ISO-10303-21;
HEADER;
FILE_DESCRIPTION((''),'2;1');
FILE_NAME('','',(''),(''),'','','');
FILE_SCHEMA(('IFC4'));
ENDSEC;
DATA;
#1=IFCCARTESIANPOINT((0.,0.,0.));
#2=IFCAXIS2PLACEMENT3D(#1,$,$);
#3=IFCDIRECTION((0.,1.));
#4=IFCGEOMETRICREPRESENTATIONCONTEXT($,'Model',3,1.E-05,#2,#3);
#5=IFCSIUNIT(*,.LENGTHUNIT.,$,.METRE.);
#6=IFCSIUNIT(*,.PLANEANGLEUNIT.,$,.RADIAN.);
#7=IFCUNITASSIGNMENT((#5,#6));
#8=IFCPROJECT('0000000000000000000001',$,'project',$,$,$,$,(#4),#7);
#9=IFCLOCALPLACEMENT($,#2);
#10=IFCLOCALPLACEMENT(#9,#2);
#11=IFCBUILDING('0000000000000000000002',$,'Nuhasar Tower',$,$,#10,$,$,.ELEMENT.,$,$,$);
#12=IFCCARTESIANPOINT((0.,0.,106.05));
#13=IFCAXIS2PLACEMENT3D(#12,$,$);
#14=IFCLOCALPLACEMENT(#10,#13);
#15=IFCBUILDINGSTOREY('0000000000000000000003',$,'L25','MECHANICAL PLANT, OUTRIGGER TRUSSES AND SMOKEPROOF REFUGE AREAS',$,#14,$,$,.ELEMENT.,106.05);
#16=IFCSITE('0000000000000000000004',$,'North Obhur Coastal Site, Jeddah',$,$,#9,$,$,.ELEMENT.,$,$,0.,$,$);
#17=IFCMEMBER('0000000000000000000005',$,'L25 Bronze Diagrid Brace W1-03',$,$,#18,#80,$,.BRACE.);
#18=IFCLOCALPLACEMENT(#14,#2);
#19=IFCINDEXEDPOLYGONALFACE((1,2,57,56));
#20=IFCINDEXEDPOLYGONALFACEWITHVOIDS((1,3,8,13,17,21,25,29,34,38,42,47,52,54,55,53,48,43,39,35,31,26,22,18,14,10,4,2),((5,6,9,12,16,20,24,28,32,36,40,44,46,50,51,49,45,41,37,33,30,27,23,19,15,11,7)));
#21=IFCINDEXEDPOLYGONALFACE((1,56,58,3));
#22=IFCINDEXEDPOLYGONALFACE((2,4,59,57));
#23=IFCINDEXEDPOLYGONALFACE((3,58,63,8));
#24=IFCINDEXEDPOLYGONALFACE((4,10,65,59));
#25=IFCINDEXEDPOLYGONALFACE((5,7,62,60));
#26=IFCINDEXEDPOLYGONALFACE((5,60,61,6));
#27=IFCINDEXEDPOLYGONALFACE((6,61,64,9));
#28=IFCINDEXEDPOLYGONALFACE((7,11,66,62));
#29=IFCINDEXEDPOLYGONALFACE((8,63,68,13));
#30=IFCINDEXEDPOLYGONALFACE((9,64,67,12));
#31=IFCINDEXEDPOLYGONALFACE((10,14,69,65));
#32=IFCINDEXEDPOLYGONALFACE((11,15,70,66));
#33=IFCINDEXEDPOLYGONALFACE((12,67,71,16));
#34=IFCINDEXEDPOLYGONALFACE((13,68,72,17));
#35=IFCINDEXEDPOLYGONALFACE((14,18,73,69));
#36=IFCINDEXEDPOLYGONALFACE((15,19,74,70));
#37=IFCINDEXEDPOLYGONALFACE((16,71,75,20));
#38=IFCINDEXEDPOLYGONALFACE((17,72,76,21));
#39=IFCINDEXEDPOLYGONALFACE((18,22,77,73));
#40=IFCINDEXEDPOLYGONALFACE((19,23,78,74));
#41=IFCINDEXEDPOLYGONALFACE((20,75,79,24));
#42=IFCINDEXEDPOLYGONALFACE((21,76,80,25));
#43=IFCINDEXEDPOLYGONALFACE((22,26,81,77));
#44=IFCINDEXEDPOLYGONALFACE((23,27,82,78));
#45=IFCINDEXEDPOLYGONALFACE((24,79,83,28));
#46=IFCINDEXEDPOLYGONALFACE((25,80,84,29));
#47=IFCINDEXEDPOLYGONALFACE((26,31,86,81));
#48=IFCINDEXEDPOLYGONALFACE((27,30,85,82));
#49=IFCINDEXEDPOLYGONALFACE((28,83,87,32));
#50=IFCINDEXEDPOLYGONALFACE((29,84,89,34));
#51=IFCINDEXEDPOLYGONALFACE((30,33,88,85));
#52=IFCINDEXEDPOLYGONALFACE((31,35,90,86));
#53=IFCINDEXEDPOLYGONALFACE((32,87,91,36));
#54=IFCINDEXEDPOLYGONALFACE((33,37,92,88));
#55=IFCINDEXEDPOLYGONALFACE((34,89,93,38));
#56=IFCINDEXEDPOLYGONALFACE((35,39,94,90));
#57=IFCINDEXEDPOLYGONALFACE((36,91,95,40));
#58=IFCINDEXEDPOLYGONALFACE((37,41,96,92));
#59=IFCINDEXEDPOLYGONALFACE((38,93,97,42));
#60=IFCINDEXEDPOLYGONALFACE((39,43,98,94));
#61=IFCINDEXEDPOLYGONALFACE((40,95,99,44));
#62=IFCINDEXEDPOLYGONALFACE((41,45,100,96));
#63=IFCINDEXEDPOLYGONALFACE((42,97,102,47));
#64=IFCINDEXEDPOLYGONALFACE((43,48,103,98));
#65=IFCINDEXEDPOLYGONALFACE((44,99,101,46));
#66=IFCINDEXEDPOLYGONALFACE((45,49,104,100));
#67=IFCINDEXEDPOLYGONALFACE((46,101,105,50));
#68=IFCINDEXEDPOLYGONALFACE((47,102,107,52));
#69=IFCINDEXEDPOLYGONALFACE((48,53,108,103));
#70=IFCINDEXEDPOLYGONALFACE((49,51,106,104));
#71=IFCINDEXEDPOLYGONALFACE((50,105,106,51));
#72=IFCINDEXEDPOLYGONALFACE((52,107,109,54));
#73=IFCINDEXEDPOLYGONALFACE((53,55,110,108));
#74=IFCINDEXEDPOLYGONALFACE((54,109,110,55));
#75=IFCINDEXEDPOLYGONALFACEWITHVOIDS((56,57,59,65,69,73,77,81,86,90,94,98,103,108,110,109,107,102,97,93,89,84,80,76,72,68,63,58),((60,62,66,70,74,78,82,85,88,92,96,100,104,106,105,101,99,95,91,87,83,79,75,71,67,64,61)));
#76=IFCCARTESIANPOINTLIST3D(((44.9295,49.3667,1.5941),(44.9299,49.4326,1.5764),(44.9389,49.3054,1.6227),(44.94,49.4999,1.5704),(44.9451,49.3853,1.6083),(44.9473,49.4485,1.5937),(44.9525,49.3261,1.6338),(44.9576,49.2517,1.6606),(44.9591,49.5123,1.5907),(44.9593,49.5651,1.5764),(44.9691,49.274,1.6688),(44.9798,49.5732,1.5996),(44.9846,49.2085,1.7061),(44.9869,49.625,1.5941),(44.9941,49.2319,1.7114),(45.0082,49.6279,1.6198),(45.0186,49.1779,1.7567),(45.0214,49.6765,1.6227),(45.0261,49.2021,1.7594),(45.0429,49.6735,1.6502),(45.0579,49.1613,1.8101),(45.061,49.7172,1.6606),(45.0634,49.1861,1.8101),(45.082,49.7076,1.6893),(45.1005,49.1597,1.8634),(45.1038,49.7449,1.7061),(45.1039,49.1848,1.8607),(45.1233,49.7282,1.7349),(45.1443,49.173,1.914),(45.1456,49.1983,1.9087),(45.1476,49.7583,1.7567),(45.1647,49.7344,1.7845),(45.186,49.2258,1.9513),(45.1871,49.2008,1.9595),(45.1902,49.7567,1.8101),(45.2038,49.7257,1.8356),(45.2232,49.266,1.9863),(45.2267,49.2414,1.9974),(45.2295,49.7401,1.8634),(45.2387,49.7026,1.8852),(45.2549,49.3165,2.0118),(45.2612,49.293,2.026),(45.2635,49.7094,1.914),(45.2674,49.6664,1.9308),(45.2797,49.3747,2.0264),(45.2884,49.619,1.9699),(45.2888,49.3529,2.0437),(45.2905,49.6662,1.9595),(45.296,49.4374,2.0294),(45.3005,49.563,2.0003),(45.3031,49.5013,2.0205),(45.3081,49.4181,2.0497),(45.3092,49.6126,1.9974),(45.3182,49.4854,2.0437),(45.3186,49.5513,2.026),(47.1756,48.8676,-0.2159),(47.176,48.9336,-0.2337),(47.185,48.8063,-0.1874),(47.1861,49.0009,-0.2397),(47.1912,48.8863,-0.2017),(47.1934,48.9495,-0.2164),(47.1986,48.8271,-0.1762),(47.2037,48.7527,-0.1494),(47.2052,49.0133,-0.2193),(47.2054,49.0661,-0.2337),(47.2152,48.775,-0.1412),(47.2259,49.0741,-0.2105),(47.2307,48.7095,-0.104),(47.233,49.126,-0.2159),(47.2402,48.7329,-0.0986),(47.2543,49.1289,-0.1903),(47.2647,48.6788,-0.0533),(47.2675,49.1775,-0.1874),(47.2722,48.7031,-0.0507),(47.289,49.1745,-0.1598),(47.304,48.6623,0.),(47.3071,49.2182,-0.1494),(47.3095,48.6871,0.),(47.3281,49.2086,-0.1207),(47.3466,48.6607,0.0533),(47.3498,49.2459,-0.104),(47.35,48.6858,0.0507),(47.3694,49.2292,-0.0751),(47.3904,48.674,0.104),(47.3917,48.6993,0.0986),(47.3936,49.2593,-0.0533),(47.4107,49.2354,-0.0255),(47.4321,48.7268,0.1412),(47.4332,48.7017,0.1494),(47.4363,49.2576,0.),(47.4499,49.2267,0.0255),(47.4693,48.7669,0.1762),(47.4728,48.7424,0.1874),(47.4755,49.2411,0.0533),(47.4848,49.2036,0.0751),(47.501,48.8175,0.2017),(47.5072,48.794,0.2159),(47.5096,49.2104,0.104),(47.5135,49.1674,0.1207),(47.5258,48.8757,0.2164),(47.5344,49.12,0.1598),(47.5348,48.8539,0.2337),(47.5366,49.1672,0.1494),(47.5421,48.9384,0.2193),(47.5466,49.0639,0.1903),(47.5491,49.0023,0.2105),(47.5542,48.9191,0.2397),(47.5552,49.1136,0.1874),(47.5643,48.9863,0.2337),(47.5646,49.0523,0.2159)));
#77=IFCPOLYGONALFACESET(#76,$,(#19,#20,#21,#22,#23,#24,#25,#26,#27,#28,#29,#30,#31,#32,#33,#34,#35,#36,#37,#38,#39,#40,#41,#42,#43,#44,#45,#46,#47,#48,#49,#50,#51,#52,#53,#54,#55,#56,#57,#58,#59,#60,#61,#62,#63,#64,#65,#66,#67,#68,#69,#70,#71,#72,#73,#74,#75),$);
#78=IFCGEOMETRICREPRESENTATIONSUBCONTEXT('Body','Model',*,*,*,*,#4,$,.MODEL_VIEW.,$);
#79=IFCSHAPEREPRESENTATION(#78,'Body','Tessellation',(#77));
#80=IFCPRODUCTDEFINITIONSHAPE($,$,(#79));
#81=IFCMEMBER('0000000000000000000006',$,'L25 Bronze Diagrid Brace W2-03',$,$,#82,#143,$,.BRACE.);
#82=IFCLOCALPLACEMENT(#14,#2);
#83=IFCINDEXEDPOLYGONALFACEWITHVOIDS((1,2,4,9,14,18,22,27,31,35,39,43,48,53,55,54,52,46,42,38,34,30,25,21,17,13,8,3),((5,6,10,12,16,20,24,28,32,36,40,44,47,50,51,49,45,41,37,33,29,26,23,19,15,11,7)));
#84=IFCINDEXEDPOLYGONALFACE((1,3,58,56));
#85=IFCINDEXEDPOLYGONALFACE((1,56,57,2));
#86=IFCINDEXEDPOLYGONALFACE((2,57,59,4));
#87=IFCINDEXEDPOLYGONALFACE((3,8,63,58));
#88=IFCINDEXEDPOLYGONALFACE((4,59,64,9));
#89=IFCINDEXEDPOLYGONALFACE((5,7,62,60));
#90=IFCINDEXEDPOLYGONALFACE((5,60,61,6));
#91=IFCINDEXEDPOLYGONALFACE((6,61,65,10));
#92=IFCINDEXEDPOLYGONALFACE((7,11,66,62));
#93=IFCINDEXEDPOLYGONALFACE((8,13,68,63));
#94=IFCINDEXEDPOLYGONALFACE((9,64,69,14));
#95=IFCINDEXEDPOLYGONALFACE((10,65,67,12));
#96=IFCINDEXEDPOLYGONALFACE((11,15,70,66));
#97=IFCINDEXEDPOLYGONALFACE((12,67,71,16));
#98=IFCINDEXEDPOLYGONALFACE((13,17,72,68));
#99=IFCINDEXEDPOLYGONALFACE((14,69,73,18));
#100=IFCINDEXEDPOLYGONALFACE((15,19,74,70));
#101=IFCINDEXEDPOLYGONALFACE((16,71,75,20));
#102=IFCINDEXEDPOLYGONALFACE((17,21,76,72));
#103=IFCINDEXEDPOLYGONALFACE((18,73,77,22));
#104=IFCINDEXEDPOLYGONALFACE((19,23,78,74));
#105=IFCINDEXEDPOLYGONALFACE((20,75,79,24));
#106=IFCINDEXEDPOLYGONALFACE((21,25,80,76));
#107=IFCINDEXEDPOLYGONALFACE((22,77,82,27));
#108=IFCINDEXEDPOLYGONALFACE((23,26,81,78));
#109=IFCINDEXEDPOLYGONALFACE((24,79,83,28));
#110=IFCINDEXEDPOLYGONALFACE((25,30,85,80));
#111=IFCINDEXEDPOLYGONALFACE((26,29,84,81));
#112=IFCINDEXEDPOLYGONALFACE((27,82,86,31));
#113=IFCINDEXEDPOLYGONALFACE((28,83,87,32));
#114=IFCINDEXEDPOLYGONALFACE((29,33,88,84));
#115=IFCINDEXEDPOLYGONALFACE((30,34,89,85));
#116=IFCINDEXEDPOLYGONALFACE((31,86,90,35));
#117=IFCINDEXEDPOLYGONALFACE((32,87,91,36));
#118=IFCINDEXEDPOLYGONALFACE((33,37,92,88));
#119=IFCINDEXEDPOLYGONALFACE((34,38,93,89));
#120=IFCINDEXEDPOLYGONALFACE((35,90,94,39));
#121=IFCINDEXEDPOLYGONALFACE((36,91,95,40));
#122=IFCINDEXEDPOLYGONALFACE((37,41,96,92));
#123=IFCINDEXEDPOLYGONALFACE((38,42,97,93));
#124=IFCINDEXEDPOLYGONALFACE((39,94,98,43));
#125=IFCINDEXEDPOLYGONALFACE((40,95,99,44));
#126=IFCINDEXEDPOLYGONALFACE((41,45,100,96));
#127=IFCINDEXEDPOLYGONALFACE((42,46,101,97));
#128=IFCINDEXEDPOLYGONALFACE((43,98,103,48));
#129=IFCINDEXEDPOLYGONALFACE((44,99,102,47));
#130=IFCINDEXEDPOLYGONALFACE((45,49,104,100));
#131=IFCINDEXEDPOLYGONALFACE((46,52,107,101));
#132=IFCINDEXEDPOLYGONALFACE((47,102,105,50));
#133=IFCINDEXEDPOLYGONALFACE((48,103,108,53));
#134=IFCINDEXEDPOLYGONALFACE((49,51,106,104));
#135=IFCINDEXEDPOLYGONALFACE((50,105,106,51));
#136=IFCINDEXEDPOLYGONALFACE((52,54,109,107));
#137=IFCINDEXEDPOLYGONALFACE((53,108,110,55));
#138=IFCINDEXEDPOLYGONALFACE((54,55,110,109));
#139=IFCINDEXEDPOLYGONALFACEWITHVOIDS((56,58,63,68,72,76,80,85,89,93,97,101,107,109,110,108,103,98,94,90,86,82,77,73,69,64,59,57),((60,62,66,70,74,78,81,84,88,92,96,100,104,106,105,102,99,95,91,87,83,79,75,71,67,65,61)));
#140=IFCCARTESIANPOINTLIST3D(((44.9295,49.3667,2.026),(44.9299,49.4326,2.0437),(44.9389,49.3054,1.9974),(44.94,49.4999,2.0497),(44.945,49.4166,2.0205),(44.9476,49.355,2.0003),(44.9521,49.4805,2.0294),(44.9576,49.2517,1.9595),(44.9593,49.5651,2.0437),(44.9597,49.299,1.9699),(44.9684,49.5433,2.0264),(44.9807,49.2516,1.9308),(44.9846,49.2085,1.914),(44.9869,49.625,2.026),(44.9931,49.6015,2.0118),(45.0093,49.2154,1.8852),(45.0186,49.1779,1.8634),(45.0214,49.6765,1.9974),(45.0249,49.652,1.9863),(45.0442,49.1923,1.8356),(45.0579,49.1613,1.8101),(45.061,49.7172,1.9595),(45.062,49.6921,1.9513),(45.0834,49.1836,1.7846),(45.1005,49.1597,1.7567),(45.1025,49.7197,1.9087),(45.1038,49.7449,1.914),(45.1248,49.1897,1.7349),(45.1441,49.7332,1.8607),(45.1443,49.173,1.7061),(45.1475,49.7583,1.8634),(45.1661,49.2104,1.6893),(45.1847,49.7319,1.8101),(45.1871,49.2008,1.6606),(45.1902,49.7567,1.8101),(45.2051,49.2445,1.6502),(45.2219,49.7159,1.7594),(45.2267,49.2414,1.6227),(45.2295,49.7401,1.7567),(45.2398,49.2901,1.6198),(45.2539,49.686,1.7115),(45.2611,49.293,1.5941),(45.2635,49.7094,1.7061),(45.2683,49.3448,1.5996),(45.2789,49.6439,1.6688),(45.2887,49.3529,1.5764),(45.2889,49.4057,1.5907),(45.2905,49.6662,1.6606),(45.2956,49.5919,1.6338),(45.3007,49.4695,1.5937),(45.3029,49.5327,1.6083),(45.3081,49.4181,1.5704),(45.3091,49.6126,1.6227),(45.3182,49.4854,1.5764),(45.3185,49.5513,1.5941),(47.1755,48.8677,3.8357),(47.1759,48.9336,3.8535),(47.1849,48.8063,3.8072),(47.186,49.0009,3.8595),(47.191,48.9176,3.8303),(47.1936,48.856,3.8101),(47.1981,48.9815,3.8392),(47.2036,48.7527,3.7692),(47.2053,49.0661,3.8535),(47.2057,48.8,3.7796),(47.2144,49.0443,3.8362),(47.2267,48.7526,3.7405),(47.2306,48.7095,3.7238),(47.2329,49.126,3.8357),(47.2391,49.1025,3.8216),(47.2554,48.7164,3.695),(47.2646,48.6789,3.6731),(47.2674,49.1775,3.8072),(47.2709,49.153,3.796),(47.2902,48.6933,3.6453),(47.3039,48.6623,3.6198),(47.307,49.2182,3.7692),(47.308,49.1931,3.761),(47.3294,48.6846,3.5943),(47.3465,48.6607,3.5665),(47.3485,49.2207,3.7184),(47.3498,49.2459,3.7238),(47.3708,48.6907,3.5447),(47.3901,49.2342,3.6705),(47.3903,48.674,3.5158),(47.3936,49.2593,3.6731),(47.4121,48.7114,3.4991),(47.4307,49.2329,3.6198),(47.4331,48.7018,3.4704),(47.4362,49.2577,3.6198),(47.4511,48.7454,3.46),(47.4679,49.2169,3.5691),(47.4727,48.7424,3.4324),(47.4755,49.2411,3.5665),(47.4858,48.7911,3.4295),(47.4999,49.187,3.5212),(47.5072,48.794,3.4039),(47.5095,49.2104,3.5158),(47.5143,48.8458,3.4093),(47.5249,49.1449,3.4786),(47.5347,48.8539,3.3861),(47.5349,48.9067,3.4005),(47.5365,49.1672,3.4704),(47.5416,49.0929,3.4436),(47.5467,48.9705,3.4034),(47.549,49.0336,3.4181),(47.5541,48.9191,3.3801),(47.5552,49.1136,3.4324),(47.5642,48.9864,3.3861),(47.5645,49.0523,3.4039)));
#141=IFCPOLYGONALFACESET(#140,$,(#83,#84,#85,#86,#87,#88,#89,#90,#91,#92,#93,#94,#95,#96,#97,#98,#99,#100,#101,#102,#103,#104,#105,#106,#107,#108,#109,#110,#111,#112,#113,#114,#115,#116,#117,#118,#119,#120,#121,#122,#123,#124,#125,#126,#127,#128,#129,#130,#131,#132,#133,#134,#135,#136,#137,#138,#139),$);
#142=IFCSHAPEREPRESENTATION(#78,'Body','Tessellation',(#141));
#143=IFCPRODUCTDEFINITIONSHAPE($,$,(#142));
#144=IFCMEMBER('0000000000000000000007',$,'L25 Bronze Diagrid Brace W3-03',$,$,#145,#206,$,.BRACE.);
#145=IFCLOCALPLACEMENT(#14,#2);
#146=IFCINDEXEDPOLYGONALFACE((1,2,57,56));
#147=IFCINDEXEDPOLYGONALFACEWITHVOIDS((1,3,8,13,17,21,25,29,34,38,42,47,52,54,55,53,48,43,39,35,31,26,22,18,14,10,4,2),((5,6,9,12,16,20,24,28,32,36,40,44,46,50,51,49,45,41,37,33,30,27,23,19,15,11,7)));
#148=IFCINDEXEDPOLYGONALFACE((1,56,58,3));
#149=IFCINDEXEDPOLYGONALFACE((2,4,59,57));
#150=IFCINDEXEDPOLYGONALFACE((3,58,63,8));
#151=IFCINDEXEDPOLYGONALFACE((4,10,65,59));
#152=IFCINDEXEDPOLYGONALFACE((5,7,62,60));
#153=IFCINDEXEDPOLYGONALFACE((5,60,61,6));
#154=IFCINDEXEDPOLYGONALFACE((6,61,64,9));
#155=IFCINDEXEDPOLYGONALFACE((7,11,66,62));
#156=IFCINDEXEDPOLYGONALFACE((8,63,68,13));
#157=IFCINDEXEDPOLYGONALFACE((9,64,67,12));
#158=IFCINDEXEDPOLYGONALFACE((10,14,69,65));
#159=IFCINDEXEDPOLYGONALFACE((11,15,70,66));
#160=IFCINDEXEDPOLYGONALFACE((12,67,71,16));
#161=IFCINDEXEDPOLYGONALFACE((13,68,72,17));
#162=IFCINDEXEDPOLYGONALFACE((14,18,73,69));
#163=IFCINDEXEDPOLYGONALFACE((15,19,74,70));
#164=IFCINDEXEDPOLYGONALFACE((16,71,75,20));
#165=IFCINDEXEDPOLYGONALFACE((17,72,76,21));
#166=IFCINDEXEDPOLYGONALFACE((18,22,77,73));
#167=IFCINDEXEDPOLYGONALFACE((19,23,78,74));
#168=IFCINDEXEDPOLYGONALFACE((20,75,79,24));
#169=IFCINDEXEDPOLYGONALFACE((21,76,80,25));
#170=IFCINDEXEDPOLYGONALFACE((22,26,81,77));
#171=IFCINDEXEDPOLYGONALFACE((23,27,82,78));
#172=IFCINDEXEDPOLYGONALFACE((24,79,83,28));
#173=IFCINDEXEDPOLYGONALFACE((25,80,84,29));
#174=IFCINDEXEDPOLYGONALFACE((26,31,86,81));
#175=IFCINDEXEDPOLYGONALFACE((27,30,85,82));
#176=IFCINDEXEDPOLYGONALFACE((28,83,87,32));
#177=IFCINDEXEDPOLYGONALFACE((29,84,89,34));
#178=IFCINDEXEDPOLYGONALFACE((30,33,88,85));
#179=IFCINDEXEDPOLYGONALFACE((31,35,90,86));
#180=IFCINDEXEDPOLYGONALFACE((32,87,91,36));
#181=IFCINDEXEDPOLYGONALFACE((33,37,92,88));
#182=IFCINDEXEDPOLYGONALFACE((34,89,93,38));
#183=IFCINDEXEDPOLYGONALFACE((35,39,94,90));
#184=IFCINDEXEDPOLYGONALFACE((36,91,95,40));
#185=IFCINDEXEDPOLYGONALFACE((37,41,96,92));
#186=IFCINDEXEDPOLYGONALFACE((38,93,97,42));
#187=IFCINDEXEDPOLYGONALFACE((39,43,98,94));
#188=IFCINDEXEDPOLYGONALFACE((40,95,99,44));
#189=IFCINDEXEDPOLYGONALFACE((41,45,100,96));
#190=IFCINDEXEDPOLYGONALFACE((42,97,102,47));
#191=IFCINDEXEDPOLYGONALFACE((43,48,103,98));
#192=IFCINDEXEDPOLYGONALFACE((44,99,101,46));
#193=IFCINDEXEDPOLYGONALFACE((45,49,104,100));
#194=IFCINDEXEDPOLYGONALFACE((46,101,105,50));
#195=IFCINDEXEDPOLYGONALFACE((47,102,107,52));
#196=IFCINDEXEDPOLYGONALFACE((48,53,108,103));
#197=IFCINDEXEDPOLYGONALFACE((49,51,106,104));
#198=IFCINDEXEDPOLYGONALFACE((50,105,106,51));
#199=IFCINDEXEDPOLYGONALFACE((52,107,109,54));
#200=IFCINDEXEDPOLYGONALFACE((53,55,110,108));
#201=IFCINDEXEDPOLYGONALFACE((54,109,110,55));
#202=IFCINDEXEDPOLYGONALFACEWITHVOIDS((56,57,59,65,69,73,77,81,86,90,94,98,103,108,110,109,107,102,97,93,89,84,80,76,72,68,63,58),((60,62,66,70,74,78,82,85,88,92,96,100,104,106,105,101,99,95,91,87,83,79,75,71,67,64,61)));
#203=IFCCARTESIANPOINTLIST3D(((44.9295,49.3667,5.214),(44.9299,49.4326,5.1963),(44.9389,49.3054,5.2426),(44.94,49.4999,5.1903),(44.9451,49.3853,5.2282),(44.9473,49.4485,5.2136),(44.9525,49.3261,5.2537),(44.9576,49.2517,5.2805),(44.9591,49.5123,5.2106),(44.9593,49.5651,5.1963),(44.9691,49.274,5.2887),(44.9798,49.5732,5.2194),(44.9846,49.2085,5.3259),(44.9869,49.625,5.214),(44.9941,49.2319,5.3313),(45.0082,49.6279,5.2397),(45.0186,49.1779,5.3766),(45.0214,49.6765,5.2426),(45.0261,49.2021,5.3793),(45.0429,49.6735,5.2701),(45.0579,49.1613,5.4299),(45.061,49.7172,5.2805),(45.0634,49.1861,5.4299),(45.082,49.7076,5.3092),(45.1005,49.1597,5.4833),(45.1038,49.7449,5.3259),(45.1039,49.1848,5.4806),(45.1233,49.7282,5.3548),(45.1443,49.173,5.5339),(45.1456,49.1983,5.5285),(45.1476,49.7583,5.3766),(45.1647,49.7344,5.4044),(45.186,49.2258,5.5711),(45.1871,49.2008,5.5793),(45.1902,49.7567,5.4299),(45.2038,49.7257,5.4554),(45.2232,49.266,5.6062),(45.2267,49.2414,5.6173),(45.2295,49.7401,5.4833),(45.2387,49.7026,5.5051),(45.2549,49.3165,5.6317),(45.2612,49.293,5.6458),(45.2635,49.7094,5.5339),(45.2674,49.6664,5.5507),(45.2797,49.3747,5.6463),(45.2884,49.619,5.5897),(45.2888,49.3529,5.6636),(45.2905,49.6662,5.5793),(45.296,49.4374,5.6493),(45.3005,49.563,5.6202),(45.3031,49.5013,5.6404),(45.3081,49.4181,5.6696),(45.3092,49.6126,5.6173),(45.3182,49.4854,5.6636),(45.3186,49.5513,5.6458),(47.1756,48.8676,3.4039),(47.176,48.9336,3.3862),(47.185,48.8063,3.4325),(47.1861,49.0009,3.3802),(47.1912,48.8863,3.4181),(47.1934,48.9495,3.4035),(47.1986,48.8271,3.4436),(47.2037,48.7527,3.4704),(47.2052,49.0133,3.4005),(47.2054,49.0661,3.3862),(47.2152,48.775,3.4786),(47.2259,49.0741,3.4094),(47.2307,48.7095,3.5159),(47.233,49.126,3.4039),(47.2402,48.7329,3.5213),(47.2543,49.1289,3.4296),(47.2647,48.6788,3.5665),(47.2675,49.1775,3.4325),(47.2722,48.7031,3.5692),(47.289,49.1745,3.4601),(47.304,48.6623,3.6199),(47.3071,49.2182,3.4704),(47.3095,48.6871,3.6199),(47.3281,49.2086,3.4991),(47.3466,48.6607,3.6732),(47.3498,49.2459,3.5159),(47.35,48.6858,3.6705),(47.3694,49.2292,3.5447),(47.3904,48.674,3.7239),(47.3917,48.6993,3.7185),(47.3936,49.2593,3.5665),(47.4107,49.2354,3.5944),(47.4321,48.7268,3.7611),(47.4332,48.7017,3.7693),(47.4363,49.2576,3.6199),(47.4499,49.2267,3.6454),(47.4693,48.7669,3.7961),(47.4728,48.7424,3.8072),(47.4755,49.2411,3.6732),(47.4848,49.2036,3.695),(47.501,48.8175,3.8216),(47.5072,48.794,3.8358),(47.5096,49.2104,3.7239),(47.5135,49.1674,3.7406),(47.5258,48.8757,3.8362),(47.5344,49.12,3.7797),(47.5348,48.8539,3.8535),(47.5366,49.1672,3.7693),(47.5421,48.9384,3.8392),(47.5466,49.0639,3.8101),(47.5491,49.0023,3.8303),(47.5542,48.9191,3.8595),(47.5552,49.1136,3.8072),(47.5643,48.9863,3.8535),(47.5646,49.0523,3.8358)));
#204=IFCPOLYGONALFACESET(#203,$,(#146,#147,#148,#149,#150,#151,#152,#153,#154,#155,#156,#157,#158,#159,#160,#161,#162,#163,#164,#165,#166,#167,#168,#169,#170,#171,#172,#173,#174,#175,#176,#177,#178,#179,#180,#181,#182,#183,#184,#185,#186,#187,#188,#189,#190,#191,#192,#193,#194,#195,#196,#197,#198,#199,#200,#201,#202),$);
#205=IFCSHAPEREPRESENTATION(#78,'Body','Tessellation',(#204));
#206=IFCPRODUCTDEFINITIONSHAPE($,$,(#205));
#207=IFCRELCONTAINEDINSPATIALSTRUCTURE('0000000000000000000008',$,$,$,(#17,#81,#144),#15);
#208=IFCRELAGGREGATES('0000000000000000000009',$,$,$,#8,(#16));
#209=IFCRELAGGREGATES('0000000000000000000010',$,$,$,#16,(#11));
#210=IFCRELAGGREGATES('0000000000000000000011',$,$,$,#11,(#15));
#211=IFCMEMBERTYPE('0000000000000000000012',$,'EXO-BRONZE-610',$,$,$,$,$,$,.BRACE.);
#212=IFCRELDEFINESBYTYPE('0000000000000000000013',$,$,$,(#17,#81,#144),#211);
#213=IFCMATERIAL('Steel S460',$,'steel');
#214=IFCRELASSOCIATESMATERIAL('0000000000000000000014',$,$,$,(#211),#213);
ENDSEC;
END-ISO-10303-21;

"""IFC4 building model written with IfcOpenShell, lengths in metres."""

from ifc_helpers import new_model, si_unit, direction, frame, origin, origin_2d, place, context, subcontext, project, spatial, hollow_circle, extrude, material, material_profile, profile_set, type_object, element, save


model = new_model("IFC4")

# Units and contexts
model_context = context("Model", 3, precision=1e-05, world=origin(), true_north=direction((0.0, 1.0)))
body_context = subcontext(model_context, "Body", "Model", "MODEL_VIEW")
ifc_project = project(units=[si_unit("LENGTHUNIT", "METRE"), si_unit("PLANEANGLEUNIT", "RADIAN")], contexts=[model_context])

# Site, building, storey
site_placement = place(None, origin())
site = spatial("IfcSite", under=ifc_project, at=site_placement, Name="North Obhur Coastal Site, Jeddah", CompositionType="ELEMENT", RefElevation=0.0)
building_placement = place(site_placement, origin())
building = spatial("IfcBuilding", under=site, at=building_placement, Name="Nuhasar Tower", CompositionType="ELEMENT")
storey_placement = place(building_placement, frame((0.0, 0.0, 106.05)))
storey = spatial("IfcBuildingStorey", under=building, at=storey_placement, Name="L25", Description="MECHANICAL PLANT, OUTRIGGER TRUSSES AND SMOKEPROOF REFUGE AREAS", CompositionType="ELEMENT", Elevation=106.05)

# Shared definitions
ifc_material_1 = material(Name="Steel S460", Category="steel")

# Members
ifc_material_profile_1 = material_profile(ifc_material_1, hollow_circle(Radius=0.3049, WallThickness=0.0254, at=origin_2d()), Name="HSS610X25.4")
ifc_profile_set_1 = profile_set([ifc_material_profile_1], Name="Steel S460")
member_type_1 = type_object("IfcMemberType", Name="EXO-BRONZE-610", PredefinedType="BRACE", material=ifc_profile_set_1)
member_1_placement = place(storey_placement, frame((47.3701, 48.96, 0.0), z_axis=(-0.767239, 0.17046, 0.618294), x_axis=(-0.216886, -0.976197, 0.0)))
element("IfcMember", 1, at=member_1_placement, inside=storey, type_object=member_type_1, Name="L25 Bronze Diagrid Brace W1-03", PredefinedType="BRACE", context=body_context, shape_type="SweptSolid", body=[
    extrude(hollow_circle(Radius=0.3049, WallThickness=0.0254, at=origin_2d()), origin(), (0.0, 0.0, 1.0), 2.9275),
])
member_2_placement = place(storey_placement, frame((45.124, 49.459, 1.8101), z_axis=(0.767278, -0.170469, 0.618243), x_axis=(0.216886, 0.976197, 0.0)))
element("IfcMember", 2, at=member_2_placement, inside=storey, type_object=member_type_1, Name="L25 Bronze Diagrid Brace W2-03", PredefinedType="BRACE", context=body_context, shape_type="SweptSolid", body=[
    extrude(hollow_circle(Radius=0.3049, WallThickness=0.0254, at=origin_2d()), origin(), (0.0, 0.0, 1.0), 2.9272),
])
member_3_placement = place(storey_placement, frame((47.3701, 48.96, 3.6199), z_axis=(-0.767239, 0.17046, 0.618294), x_axis=(-0.216886, -0.976197, 0.0)))
element("IfcMember", 3, at=member_3_placement, inside=storey, type_object=member_type_1, Name="L25 Bronze Diagrid Brace W3-03", PredefinedType="BRACE", context=body_context, shape_type="SweptSolid", body=[
    extrude(hollow_circle(Radius=0.3049, WallThickness=0.0254, at=origin_2d()), origin(), (0.0, 0.0, 1.0), 2.9275),
])

save(model, "model.ifc")
